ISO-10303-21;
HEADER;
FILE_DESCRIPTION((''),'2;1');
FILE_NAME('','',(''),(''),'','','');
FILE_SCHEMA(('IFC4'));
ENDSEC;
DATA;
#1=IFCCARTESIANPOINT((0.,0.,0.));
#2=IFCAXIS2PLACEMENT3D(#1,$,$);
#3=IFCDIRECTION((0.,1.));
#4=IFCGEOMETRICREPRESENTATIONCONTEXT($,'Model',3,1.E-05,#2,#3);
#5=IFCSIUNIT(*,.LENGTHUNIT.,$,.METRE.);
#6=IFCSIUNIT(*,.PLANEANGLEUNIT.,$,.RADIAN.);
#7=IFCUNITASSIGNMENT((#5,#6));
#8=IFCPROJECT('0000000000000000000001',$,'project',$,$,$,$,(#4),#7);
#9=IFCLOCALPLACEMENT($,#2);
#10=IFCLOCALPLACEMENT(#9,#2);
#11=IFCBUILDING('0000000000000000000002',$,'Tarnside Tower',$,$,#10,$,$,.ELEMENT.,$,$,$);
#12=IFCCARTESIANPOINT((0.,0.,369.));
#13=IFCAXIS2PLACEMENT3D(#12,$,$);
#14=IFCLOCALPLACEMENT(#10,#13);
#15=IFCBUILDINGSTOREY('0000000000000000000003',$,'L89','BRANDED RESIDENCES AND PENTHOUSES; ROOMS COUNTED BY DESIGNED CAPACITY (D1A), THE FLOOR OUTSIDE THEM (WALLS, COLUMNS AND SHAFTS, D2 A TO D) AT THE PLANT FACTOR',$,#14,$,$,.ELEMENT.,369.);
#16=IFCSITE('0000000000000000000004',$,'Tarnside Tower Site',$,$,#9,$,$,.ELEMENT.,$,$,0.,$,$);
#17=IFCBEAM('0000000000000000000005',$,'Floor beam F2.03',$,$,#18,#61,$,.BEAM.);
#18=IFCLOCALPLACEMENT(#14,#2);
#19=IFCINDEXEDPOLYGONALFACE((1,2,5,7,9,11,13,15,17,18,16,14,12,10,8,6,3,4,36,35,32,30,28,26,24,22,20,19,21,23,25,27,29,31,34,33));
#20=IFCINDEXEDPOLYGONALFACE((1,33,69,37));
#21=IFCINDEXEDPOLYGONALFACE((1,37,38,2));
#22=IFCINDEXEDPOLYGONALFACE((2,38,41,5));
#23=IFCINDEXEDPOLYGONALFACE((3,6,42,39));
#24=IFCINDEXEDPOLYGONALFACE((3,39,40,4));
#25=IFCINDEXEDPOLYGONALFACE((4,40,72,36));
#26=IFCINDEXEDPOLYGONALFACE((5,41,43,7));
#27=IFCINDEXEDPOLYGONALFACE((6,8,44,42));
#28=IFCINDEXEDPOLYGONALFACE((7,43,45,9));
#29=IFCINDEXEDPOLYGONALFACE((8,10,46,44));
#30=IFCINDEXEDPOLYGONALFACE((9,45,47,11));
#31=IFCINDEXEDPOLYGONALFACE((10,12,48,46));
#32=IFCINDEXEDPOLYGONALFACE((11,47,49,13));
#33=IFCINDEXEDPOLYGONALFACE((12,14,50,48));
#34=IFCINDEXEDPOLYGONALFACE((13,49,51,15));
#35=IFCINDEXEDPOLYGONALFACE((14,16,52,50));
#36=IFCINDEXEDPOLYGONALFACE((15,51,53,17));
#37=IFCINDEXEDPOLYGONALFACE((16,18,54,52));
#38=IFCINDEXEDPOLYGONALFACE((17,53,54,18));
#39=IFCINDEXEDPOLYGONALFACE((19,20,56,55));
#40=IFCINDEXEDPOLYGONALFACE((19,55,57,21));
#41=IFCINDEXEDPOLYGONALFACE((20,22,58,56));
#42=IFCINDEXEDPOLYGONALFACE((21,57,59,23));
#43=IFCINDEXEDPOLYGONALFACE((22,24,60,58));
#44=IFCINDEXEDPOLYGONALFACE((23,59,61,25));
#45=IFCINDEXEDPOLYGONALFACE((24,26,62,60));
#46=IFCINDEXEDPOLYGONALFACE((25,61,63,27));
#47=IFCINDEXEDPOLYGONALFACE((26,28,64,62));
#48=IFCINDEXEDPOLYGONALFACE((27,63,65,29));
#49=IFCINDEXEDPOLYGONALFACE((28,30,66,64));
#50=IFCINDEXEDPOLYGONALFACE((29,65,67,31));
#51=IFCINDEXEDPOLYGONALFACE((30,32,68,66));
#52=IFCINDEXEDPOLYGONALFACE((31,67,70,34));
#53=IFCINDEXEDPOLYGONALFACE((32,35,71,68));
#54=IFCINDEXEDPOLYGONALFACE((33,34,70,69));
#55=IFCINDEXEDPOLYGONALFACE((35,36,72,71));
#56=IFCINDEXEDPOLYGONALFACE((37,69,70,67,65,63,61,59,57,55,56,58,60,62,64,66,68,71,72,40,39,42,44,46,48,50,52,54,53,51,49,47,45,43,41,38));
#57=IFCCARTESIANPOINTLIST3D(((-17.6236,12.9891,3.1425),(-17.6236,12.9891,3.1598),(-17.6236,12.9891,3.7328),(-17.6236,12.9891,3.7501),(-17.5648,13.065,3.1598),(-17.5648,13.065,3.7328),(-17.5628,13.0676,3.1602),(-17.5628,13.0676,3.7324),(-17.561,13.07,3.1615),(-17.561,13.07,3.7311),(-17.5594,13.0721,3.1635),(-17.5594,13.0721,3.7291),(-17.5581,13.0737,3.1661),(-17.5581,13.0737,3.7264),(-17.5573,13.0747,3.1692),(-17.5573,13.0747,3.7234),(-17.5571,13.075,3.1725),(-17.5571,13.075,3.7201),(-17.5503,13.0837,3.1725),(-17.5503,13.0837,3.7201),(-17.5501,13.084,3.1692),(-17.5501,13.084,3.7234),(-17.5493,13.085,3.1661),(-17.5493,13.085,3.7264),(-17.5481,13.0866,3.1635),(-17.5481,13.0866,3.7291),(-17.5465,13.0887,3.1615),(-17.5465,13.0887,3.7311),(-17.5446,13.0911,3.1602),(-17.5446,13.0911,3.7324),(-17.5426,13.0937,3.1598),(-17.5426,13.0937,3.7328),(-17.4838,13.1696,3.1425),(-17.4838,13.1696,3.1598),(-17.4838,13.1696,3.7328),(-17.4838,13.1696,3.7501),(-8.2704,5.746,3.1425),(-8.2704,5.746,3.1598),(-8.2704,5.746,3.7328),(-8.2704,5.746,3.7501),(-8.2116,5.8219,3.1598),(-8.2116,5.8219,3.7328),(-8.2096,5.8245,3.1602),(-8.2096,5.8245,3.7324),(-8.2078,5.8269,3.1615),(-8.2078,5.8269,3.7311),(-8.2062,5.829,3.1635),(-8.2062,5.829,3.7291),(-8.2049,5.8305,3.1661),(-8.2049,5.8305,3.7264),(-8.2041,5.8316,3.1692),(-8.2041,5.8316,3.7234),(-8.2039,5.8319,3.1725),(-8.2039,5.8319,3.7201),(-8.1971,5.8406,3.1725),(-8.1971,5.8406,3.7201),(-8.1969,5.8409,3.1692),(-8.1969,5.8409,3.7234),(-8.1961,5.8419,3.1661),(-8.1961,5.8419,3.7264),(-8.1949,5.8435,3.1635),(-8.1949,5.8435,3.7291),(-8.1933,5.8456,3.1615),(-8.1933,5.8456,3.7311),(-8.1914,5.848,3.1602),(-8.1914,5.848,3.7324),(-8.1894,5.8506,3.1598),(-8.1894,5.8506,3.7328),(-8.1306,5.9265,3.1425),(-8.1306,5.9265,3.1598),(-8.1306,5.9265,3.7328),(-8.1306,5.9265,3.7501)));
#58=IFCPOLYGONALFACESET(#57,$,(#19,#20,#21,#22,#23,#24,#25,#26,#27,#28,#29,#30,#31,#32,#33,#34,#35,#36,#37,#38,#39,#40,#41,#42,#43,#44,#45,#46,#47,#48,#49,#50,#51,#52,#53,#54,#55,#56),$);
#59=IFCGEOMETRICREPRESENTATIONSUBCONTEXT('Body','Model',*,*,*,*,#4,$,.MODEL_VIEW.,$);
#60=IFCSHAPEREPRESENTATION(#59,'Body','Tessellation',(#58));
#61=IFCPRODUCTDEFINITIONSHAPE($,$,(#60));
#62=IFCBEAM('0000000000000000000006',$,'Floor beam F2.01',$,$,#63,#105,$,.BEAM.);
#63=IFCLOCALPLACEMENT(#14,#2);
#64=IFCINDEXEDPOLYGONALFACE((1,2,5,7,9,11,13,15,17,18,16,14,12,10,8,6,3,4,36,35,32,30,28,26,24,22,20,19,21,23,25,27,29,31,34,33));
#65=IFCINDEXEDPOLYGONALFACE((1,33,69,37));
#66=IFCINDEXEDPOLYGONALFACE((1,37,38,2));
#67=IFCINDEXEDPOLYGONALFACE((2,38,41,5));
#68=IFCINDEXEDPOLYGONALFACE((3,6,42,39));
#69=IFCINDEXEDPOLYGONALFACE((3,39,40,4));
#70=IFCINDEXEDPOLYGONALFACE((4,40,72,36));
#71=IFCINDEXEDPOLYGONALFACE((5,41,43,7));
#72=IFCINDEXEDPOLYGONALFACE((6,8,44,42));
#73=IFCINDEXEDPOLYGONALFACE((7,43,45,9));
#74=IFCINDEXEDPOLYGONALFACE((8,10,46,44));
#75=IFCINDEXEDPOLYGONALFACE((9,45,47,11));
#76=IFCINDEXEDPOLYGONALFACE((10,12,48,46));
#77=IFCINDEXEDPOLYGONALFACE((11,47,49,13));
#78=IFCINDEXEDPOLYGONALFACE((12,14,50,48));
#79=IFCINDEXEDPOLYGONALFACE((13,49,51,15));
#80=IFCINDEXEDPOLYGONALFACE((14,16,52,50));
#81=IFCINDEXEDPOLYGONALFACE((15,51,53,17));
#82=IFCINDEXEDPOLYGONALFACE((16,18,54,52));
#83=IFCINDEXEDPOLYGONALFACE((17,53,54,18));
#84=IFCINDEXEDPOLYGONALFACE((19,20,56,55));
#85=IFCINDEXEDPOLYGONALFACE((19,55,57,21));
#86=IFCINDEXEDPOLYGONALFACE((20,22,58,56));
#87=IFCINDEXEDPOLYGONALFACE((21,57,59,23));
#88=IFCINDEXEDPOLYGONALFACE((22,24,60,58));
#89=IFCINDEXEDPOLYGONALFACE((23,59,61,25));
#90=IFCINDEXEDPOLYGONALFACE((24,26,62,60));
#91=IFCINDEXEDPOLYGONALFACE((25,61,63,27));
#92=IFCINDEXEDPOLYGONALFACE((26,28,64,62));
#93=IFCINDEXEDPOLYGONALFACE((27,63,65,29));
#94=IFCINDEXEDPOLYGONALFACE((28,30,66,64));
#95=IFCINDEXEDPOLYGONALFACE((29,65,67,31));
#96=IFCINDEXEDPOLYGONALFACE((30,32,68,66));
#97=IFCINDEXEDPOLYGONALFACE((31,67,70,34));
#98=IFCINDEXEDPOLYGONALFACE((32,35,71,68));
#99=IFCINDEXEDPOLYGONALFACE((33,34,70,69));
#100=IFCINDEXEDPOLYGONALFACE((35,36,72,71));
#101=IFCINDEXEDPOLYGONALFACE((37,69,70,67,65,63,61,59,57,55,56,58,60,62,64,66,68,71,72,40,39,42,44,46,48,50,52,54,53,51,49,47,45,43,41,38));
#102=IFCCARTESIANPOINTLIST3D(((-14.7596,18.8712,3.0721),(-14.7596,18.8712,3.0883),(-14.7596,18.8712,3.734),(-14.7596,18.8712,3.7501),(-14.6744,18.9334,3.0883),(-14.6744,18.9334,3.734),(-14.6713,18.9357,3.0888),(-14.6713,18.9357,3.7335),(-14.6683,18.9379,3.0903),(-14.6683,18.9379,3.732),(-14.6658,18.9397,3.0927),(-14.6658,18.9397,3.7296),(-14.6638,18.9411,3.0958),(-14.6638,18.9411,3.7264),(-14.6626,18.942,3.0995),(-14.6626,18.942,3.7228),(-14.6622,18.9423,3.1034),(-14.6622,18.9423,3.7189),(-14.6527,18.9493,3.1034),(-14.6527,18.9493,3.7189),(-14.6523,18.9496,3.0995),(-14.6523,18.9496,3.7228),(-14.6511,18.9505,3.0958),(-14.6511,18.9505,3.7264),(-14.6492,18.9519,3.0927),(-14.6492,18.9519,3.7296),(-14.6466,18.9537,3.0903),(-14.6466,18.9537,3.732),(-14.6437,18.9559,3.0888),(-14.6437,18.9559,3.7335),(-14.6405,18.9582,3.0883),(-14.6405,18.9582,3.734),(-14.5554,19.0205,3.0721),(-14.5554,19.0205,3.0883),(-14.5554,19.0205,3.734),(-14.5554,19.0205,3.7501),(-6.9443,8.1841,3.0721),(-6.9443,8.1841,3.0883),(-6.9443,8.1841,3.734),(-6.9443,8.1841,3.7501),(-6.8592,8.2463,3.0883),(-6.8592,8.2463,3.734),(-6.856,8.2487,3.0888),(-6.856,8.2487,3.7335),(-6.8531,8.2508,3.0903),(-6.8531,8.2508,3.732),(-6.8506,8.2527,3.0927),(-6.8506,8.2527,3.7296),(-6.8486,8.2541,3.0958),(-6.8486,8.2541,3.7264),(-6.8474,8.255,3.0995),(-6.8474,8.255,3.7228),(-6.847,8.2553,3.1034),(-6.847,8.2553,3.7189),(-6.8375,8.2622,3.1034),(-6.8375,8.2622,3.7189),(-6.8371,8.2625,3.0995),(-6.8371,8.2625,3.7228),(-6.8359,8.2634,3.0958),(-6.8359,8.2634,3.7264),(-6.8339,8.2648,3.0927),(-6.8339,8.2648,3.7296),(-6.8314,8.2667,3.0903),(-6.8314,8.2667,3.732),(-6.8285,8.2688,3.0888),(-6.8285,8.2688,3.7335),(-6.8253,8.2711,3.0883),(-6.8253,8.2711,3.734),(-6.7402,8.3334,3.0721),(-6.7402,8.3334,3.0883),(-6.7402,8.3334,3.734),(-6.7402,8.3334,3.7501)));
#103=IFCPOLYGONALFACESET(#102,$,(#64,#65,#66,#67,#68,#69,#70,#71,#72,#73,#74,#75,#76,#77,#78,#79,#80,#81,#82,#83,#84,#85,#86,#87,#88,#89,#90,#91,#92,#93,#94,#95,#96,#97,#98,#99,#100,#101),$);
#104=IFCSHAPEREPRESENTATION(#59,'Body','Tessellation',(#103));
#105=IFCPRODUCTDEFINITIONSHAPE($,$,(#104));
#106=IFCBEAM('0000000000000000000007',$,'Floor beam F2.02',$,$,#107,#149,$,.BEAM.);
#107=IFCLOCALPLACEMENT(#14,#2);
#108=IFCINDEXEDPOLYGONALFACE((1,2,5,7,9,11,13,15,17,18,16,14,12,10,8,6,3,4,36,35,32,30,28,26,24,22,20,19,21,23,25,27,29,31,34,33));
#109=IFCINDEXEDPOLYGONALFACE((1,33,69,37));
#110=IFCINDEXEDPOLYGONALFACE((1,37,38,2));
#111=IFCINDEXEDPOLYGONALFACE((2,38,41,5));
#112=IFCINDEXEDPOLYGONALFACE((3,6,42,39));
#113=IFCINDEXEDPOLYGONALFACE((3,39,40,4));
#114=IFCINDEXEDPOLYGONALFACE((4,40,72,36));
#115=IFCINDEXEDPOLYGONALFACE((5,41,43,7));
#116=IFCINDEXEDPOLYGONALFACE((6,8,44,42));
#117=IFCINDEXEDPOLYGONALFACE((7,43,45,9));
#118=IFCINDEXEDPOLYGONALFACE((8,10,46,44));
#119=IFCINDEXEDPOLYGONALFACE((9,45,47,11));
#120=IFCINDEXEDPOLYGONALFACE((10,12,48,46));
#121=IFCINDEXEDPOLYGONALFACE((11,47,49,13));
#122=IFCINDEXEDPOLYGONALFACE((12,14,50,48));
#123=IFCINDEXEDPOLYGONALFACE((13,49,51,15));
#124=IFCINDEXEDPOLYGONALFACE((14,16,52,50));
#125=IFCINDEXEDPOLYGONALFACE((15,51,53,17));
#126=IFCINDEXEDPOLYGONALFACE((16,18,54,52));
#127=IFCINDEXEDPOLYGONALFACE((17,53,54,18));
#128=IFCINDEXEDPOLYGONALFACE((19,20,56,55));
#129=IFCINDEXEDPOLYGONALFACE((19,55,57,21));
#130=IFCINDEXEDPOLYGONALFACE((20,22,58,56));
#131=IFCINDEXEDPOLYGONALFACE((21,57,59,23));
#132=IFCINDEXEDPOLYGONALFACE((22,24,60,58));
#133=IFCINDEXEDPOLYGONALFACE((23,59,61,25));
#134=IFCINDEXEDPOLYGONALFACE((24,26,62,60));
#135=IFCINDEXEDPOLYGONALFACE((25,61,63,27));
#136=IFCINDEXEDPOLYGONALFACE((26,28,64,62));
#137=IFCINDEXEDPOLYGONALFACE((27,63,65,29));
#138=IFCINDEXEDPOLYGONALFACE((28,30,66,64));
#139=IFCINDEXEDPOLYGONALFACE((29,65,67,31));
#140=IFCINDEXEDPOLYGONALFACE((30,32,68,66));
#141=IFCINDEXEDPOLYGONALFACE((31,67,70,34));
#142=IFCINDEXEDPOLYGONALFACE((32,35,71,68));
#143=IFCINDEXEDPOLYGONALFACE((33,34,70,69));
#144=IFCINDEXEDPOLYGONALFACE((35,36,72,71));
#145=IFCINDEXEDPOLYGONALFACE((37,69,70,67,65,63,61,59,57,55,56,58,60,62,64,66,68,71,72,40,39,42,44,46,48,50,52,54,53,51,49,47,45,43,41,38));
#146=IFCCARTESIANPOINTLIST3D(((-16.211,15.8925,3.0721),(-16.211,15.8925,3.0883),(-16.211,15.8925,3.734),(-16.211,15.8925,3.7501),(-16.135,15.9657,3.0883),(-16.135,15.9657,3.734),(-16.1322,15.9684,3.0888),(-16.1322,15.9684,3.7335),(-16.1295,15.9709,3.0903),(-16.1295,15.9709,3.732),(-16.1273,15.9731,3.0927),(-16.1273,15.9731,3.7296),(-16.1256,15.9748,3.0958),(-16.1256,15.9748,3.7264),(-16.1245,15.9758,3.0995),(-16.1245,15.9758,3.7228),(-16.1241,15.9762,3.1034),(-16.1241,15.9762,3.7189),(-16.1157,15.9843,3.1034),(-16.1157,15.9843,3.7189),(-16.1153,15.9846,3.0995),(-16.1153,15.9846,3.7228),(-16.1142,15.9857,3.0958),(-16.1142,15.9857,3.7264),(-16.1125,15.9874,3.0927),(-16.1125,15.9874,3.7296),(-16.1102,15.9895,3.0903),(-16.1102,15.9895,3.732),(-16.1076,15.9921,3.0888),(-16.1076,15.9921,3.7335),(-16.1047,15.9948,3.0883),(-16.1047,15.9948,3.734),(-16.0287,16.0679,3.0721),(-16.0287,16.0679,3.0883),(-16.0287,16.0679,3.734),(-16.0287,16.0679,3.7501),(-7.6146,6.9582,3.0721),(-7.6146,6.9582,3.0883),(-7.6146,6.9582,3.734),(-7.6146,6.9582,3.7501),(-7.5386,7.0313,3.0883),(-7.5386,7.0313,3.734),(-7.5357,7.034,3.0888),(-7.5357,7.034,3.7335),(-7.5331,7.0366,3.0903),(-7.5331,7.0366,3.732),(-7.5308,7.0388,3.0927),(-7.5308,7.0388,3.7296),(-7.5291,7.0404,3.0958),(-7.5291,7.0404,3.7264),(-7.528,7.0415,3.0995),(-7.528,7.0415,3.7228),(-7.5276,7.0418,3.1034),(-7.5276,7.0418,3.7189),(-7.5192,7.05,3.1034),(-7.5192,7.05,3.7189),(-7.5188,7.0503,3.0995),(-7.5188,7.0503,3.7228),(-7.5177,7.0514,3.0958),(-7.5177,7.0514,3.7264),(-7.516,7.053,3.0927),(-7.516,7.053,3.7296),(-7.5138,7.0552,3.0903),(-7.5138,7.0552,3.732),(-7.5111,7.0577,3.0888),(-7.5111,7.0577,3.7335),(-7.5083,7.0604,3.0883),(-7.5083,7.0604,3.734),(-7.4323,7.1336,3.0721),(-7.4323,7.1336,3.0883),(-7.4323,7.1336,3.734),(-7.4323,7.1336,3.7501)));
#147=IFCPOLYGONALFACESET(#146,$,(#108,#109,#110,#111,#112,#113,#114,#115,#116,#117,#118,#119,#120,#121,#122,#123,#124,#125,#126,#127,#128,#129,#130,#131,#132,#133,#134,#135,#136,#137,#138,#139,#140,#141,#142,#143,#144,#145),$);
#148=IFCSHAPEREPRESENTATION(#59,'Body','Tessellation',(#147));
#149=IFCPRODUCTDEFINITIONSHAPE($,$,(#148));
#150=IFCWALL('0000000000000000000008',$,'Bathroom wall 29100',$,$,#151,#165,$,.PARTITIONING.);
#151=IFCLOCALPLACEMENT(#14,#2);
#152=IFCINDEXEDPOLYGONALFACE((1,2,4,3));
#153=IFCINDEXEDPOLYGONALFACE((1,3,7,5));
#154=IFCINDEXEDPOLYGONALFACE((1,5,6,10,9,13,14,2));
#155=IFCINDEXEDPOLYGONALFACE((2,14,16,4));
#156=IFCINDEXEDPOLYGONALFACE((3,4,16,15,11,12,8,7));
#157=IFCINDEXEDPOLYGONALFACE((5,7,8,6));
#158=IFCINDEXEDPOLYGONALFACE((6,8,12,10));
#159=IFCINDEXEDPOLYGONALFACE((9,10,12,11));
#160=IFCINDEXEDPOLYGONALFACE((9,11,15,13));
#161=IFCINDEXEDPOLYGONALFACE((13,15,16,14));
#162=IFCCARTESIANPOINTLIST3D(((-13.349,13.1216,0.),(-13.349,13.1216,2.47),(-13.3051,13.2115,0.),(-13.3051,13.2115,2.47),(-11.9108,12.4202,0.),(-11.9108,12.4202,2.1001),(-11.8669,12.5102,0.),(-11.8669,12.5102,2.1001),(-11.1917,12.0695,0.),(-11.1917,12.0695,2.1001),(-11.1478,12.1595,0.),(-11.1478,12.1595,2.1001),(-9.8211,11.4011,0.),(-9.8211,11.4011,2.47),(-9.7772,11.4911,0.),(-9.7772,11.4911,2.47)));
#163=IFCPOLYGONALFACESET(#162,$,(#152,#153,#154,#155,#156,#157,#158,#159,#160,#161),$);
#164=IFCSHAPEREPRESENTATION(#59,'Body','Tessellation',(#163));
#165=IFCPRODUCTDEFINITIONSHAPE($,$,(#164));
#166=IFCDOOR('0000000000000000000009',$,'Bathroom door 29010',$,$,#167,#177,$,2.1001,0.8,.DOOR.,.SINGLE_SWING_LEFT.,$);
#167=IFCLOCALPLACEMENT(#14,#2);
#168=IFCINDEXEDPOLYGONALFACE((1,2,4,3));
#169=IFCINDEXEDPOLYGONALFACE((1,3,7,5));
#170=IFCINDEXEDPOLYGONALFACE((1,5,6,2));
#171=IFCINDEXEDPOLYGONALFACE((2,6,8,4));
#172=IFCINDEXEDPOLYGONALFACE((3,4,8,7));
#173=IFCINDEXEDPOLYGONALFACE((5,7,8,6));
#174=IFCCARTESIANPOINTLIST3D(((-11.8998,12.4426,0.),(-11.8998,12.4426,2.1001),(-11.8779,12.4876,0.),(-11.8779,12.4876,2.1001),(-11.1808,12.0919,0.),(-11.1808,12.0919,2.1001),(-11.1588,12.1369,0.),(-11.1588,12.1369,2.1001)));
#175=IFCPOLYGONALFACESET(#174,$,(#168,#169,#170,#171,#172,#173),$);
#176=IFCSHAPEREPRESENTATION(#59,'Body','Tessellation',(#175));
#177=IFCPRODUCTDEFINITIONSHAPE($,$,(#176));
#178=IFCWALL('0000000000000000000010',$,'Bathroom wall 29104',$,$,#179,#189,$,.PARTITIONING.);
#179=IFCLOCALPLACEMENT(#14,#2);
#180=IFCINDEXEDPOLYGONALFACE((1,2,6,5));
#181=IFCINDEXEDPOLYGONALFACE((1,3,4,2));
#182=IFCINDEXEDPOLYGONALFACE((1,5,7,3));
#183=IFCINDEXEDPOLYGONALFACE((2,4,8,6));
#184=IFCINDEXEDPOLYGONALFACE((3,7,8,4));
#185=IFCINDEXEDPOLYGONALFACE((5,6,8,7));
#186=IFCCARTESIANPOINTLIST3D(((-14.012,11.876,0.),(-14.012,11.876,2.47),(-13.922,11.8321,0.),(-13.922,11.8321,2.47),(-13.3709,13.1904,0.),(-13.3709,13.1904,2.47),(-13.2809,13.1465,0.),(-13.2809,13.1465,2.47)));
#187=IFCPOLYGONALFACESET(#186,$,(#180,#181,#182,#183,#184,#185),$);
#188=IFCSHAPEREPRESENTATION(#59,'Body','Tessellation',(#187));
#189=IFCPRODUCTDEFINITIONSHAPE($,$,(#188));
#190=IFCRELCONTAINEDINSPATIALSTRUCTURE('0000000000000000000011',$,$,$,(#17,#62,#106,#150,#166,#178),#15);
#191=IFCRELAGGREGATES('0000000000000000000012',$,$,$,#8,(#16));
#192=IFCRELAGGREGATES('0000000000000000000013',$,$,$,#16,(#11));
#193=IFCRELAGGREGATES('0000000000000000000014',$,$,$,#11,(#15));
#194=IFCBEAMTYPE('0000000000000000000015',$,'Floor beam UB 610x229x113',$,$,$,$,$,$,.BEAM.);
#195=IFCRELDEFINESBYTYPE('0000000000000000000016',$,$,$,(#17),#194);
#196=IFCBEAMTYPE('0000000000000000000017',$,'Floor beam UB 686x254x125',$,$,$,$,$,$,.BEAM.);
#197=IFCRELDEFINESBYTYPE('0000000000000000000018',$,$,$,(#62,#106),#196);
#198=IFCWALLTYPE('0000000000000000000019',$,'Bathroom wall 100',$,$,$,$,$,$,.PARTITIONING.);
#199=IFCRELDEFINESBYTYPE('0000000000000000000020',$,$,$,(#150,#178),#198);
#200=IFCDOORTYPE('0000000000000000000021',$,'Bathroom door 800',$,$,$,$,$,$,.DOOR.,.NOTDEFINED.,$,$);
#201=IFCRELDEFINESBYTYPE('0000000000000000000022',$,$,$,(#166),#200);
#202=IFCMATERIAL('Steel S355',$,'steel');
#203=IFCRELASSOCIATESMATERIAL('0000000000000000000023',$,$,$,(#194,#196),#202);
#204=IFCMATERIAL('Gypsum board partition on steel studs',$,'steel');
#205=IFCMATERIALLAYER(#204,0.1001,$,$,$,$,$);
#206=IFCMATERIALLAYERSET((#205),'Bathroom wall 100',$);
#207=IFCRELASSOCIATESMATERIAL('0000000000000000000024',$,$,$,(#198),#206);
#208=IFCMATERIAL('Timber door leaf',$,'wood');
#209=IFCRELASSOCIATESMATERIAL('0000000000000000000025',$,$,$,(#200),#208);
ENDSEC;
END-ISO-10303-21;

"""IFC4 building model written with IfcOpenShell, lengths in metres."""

from ifc_helpers import new_model, si_unit, direction, frame, frame_2d, origin, origin_2d, place, context, subcontext, project, spatial, rectangle, i_section, extrude, material, layer, layer_set, material_profile, profile_set, type_object, element, fill, save


model = new_model("IFC4")

# Units and contexts
model_context = context("Model", 3, precision=1e-05, world=origin(), true_north=direction((0.0, 1.0)))
body_context = subcontext(model_context, "Body", "Model", "MODEL_VIEW")
ifc_project = project(units=[si_unit("LENGTHUNIT", "METRE"), si_unit("PLANEANGLEUNIT", "RADIAN")], contexts=[model_context])

# Site, building, storey
site_placement = place(None, origin())
site = spatial("IfcSite", under=ifc_project, at=site_placement, Name="Tarnside Tower Site", CompositionType="ELEMENT", RefElevation=0.0)
building_placement = place(site_placement, origin())
building = spatial("IfcBuilding", under=site, at=building_placement, Name="Tarnside Tower", CompositionType="ELEMENT")
storey_placement = place(building_placement, frame((0.0, 0.0, 369.0)))
storey = spatial("IfcBuildingStorey", under=building, at=storey_placement, Name="L89", Description="BRANDED RESIDENCES AND PENTHOUSES; ROOMS COUNTED BY DESIGNED CAPACITY (D1A), THE FLOOR OUTSIDE THEM (WALLS, COLUMNS AND SHAFTS, D2 A TO D) AT THE PLANT FACTOR", CompositionType="ELEMENT", Elevation=369.0)

# Beams
ifc_material_1 = material(Name="Steel S355", Category="steel")
ifc_material_profile_1 = material_profile(ifc_material_1, i_section(OverallWidth=0.2283, OverallDepth=0.6077, WebThickness=0.011, FlangeThickness=0.0173, FilletRadius=0.0127, at=origin_2d()), Name="UB 610x229x113")
ifc_profile_set_1 = profile_set([ifc_material_profile_1], Name="Steel S355")
beam_type_1 = type_object("IfcBeamType", Name="Floor beam UB 610x229x113", PredefinedType="BEAM", material=ifc_profile_set_1)
beam_1_placement = place(storey_placement, frame((-17.5537, 13.0793, 3.4463), z_axis=(0.790645, -0.612275, 0.0), x_axis=(0.612275, 0.790645, 0.0)))
element("IfcBeam", 1, at=beam_1_placement, inside=storey, type_object=beam_type_1, Name="Floor beam F2.03", PredefinedType="BEAM", context=body_context, shape_type="SweptSolid", body=[
    extrude(i_section(OverallWidth=0.2283, OverallDepth=0.6077, WebThickness=0.011, FlangeThickness=0.0173, FilletRadius=0.0127, at=origin_2d()), origin(), (0.0, 0.0, 1.0), 11.8298),
])
ifc_material_profile_2 = material_profile(ifc_material_1, i_section(OverallWidth=0.2529, OverallDepth=0.678, WebThickness=0.0117, FlangeThickness=0.0161, FilletRadius=0.0151, at=origin_2d()), Name="UB 686x254x125")
ifc_profile_set_2 = profile_set([ifc_material_profile_2], Name="Steel S355")
beam_type_2 = type_object("IfcBeamType", Name="Floor beam UB 686x254x125", PredefinedType="BEAM", material=ifc_profile_set_2)
beam_2_placement = place(storey_placement, frame((-14.6575, 18.9458, 3.4111), z_axis=(0.590285, -0.807195, 0.0), x_axis=(0.807195, 0.590285, 0.0)))
element("IfcBeam", 2, at=beam_2_placement, inside=storey, type_object=beam_type_2, Name="Floor beam F2.01", PredefinedType="BEAM", context=body_context, shape_type="SweptSolid", body=[
    extrude(i_section(OverallWidth=0.2529, OverallDepth=0.678, WebThickness=0.0117, FlangeThickness=0.0161, FilletRadius=0.0151, at=origin_2d()), origin(), (0.0, 0.0, 1.0), 13.2397),
])
beam_3_placement = place(storey_placement, frame((-16.1199, 15.9802, 3.4111), z_axis=(0.693349, -0.720602, 0.0), x_axis=(0.720602, 0.693349, 0.0)))
element("IfcBeam", 3, at=beam_3_placement, inside=storey, type_object=beam_type_2, Name="Floor beam F2.02", PredefinedType="BEAM", context=body_context, shape_type="SweptSolid", body=[
    extrude(i_section(OverallWidth=0.2529, OverallDepth=0.678, WebThickness=0.0117, FlangeThickness=0.0161, FilletRadius=0.0151, at=origin_2d()), origin(), (0.0, 0.0, 1.0), 12.3984),
])

# Wall, opening, door
ifc_material_2 = material(Name="Gypsum board partition on steel studs", Category="steel")
ifc_layer_1 = layer(ifc_material_2, 0.1001)
ifc_layer_set_1 = layer_set([ifc_layer_1], Name="Bathroom wall 100")
wall_type_1 = type_object("IfcWallType", Name="Bathroom wall 100", PredefinedType="PARTITIONING", material=ifc_layer_set_1)
wall_1_placement = place(storey_placement, frame((-13.3269, 13.1665, 0.0), z_axis=(0.0, 0.0, 1.0), x_axis=(0.898812, -0.438334, 0.0)))
wall_1 = element("IfcWall", 4, at=wall_1_placement, inside=storey, type_object=wall_type_1, Name="Bathroom wall 29100", PredefinedType="PARTITIONING", context=body_context, shape_type="SweptSolid", body=[
    extrude(rectangle(XDim=3.925, YDim=0.1001, at=frame_2d((1.9624, 0.0))), origin(), (0.0, 0.0, 1.0), 2.47),
])
opening_1_placement = place(wall_1_placement, frame((1.6001, 0.0, 0.0)))
opening_1 = element("IfcOpeningElement", 5, at=opening_1_placement, cuts=wall_1, PredefinedType="OPENING", context=body_context, shape_type="SweptSolid", body=[
    extrude(rectangle(XDim=0.8, YDim=2.1001, at=frame_2d((0.3999, 1.05))), frame((0.0, 0.0601, 0.0), z_axis=(0.0, -1.0, 0.0), x_axis=(1.0, 0.0, 0.0)), (0.0, 0.0, 1.0), 0.1201),
])
ifc_material_3 = material(Name="Timber door leaf", Category="wood")
door_type_1 = type_object("IfcDoorType", Name="Bathroom door 800", OperationType="NOTDEFINED", PredefinedType="DOOR", material=ifc_material_3)
door_1_placement = place(opening_1_placement, origin())
door_1 = element("IfcDoor", 6, at=door_1_placement, inside=storey, type_object=door_type_1, Name="Bathroom door 29010", OperationType="SINGLE_SWING_LEFT", OverallHeight=2.1001, OverallWidth=0.8, PredefinedType="DOOR", context=body_context, shape_type="SweptSolid", body=[
    extrude(rectangle(XDim=0.8, YDim=2.1001, at=frame_2d((0.3999, 1.05))), frame((0.0, 0.0249, 0.0), z_axis=(0.0, -1.0, 0.0), x_axis=(1.0, 0.0, 0.0)), (0.0, 0.0, 1.0), 0.05),
])
fill(opening_1, door_1)

# Wall
wall_2_placement = place(storey_placement, frame((-13.3259, 13.1685, 0.0), z_axis=(0.0, 0.0, 1.0), x_axis=(-0.438378, -0.898791, 0.0)))
element("IfcWall", 7, at=wall_2_placement, inside=storey, type_object=wall_type_1, Name="Bathroom wall 29104", PredefinedType="PARTITIONING", context=body_context, shape_type="SweptSolid", body=[
    extrude(rectangle(XDim=1.4624, YDim=0.1001, at=frame_2d((0.7312, 0.0))), origin(), (0.0, 0.0, 1.0), 2.47),
])

save(model, "model.ifc")
